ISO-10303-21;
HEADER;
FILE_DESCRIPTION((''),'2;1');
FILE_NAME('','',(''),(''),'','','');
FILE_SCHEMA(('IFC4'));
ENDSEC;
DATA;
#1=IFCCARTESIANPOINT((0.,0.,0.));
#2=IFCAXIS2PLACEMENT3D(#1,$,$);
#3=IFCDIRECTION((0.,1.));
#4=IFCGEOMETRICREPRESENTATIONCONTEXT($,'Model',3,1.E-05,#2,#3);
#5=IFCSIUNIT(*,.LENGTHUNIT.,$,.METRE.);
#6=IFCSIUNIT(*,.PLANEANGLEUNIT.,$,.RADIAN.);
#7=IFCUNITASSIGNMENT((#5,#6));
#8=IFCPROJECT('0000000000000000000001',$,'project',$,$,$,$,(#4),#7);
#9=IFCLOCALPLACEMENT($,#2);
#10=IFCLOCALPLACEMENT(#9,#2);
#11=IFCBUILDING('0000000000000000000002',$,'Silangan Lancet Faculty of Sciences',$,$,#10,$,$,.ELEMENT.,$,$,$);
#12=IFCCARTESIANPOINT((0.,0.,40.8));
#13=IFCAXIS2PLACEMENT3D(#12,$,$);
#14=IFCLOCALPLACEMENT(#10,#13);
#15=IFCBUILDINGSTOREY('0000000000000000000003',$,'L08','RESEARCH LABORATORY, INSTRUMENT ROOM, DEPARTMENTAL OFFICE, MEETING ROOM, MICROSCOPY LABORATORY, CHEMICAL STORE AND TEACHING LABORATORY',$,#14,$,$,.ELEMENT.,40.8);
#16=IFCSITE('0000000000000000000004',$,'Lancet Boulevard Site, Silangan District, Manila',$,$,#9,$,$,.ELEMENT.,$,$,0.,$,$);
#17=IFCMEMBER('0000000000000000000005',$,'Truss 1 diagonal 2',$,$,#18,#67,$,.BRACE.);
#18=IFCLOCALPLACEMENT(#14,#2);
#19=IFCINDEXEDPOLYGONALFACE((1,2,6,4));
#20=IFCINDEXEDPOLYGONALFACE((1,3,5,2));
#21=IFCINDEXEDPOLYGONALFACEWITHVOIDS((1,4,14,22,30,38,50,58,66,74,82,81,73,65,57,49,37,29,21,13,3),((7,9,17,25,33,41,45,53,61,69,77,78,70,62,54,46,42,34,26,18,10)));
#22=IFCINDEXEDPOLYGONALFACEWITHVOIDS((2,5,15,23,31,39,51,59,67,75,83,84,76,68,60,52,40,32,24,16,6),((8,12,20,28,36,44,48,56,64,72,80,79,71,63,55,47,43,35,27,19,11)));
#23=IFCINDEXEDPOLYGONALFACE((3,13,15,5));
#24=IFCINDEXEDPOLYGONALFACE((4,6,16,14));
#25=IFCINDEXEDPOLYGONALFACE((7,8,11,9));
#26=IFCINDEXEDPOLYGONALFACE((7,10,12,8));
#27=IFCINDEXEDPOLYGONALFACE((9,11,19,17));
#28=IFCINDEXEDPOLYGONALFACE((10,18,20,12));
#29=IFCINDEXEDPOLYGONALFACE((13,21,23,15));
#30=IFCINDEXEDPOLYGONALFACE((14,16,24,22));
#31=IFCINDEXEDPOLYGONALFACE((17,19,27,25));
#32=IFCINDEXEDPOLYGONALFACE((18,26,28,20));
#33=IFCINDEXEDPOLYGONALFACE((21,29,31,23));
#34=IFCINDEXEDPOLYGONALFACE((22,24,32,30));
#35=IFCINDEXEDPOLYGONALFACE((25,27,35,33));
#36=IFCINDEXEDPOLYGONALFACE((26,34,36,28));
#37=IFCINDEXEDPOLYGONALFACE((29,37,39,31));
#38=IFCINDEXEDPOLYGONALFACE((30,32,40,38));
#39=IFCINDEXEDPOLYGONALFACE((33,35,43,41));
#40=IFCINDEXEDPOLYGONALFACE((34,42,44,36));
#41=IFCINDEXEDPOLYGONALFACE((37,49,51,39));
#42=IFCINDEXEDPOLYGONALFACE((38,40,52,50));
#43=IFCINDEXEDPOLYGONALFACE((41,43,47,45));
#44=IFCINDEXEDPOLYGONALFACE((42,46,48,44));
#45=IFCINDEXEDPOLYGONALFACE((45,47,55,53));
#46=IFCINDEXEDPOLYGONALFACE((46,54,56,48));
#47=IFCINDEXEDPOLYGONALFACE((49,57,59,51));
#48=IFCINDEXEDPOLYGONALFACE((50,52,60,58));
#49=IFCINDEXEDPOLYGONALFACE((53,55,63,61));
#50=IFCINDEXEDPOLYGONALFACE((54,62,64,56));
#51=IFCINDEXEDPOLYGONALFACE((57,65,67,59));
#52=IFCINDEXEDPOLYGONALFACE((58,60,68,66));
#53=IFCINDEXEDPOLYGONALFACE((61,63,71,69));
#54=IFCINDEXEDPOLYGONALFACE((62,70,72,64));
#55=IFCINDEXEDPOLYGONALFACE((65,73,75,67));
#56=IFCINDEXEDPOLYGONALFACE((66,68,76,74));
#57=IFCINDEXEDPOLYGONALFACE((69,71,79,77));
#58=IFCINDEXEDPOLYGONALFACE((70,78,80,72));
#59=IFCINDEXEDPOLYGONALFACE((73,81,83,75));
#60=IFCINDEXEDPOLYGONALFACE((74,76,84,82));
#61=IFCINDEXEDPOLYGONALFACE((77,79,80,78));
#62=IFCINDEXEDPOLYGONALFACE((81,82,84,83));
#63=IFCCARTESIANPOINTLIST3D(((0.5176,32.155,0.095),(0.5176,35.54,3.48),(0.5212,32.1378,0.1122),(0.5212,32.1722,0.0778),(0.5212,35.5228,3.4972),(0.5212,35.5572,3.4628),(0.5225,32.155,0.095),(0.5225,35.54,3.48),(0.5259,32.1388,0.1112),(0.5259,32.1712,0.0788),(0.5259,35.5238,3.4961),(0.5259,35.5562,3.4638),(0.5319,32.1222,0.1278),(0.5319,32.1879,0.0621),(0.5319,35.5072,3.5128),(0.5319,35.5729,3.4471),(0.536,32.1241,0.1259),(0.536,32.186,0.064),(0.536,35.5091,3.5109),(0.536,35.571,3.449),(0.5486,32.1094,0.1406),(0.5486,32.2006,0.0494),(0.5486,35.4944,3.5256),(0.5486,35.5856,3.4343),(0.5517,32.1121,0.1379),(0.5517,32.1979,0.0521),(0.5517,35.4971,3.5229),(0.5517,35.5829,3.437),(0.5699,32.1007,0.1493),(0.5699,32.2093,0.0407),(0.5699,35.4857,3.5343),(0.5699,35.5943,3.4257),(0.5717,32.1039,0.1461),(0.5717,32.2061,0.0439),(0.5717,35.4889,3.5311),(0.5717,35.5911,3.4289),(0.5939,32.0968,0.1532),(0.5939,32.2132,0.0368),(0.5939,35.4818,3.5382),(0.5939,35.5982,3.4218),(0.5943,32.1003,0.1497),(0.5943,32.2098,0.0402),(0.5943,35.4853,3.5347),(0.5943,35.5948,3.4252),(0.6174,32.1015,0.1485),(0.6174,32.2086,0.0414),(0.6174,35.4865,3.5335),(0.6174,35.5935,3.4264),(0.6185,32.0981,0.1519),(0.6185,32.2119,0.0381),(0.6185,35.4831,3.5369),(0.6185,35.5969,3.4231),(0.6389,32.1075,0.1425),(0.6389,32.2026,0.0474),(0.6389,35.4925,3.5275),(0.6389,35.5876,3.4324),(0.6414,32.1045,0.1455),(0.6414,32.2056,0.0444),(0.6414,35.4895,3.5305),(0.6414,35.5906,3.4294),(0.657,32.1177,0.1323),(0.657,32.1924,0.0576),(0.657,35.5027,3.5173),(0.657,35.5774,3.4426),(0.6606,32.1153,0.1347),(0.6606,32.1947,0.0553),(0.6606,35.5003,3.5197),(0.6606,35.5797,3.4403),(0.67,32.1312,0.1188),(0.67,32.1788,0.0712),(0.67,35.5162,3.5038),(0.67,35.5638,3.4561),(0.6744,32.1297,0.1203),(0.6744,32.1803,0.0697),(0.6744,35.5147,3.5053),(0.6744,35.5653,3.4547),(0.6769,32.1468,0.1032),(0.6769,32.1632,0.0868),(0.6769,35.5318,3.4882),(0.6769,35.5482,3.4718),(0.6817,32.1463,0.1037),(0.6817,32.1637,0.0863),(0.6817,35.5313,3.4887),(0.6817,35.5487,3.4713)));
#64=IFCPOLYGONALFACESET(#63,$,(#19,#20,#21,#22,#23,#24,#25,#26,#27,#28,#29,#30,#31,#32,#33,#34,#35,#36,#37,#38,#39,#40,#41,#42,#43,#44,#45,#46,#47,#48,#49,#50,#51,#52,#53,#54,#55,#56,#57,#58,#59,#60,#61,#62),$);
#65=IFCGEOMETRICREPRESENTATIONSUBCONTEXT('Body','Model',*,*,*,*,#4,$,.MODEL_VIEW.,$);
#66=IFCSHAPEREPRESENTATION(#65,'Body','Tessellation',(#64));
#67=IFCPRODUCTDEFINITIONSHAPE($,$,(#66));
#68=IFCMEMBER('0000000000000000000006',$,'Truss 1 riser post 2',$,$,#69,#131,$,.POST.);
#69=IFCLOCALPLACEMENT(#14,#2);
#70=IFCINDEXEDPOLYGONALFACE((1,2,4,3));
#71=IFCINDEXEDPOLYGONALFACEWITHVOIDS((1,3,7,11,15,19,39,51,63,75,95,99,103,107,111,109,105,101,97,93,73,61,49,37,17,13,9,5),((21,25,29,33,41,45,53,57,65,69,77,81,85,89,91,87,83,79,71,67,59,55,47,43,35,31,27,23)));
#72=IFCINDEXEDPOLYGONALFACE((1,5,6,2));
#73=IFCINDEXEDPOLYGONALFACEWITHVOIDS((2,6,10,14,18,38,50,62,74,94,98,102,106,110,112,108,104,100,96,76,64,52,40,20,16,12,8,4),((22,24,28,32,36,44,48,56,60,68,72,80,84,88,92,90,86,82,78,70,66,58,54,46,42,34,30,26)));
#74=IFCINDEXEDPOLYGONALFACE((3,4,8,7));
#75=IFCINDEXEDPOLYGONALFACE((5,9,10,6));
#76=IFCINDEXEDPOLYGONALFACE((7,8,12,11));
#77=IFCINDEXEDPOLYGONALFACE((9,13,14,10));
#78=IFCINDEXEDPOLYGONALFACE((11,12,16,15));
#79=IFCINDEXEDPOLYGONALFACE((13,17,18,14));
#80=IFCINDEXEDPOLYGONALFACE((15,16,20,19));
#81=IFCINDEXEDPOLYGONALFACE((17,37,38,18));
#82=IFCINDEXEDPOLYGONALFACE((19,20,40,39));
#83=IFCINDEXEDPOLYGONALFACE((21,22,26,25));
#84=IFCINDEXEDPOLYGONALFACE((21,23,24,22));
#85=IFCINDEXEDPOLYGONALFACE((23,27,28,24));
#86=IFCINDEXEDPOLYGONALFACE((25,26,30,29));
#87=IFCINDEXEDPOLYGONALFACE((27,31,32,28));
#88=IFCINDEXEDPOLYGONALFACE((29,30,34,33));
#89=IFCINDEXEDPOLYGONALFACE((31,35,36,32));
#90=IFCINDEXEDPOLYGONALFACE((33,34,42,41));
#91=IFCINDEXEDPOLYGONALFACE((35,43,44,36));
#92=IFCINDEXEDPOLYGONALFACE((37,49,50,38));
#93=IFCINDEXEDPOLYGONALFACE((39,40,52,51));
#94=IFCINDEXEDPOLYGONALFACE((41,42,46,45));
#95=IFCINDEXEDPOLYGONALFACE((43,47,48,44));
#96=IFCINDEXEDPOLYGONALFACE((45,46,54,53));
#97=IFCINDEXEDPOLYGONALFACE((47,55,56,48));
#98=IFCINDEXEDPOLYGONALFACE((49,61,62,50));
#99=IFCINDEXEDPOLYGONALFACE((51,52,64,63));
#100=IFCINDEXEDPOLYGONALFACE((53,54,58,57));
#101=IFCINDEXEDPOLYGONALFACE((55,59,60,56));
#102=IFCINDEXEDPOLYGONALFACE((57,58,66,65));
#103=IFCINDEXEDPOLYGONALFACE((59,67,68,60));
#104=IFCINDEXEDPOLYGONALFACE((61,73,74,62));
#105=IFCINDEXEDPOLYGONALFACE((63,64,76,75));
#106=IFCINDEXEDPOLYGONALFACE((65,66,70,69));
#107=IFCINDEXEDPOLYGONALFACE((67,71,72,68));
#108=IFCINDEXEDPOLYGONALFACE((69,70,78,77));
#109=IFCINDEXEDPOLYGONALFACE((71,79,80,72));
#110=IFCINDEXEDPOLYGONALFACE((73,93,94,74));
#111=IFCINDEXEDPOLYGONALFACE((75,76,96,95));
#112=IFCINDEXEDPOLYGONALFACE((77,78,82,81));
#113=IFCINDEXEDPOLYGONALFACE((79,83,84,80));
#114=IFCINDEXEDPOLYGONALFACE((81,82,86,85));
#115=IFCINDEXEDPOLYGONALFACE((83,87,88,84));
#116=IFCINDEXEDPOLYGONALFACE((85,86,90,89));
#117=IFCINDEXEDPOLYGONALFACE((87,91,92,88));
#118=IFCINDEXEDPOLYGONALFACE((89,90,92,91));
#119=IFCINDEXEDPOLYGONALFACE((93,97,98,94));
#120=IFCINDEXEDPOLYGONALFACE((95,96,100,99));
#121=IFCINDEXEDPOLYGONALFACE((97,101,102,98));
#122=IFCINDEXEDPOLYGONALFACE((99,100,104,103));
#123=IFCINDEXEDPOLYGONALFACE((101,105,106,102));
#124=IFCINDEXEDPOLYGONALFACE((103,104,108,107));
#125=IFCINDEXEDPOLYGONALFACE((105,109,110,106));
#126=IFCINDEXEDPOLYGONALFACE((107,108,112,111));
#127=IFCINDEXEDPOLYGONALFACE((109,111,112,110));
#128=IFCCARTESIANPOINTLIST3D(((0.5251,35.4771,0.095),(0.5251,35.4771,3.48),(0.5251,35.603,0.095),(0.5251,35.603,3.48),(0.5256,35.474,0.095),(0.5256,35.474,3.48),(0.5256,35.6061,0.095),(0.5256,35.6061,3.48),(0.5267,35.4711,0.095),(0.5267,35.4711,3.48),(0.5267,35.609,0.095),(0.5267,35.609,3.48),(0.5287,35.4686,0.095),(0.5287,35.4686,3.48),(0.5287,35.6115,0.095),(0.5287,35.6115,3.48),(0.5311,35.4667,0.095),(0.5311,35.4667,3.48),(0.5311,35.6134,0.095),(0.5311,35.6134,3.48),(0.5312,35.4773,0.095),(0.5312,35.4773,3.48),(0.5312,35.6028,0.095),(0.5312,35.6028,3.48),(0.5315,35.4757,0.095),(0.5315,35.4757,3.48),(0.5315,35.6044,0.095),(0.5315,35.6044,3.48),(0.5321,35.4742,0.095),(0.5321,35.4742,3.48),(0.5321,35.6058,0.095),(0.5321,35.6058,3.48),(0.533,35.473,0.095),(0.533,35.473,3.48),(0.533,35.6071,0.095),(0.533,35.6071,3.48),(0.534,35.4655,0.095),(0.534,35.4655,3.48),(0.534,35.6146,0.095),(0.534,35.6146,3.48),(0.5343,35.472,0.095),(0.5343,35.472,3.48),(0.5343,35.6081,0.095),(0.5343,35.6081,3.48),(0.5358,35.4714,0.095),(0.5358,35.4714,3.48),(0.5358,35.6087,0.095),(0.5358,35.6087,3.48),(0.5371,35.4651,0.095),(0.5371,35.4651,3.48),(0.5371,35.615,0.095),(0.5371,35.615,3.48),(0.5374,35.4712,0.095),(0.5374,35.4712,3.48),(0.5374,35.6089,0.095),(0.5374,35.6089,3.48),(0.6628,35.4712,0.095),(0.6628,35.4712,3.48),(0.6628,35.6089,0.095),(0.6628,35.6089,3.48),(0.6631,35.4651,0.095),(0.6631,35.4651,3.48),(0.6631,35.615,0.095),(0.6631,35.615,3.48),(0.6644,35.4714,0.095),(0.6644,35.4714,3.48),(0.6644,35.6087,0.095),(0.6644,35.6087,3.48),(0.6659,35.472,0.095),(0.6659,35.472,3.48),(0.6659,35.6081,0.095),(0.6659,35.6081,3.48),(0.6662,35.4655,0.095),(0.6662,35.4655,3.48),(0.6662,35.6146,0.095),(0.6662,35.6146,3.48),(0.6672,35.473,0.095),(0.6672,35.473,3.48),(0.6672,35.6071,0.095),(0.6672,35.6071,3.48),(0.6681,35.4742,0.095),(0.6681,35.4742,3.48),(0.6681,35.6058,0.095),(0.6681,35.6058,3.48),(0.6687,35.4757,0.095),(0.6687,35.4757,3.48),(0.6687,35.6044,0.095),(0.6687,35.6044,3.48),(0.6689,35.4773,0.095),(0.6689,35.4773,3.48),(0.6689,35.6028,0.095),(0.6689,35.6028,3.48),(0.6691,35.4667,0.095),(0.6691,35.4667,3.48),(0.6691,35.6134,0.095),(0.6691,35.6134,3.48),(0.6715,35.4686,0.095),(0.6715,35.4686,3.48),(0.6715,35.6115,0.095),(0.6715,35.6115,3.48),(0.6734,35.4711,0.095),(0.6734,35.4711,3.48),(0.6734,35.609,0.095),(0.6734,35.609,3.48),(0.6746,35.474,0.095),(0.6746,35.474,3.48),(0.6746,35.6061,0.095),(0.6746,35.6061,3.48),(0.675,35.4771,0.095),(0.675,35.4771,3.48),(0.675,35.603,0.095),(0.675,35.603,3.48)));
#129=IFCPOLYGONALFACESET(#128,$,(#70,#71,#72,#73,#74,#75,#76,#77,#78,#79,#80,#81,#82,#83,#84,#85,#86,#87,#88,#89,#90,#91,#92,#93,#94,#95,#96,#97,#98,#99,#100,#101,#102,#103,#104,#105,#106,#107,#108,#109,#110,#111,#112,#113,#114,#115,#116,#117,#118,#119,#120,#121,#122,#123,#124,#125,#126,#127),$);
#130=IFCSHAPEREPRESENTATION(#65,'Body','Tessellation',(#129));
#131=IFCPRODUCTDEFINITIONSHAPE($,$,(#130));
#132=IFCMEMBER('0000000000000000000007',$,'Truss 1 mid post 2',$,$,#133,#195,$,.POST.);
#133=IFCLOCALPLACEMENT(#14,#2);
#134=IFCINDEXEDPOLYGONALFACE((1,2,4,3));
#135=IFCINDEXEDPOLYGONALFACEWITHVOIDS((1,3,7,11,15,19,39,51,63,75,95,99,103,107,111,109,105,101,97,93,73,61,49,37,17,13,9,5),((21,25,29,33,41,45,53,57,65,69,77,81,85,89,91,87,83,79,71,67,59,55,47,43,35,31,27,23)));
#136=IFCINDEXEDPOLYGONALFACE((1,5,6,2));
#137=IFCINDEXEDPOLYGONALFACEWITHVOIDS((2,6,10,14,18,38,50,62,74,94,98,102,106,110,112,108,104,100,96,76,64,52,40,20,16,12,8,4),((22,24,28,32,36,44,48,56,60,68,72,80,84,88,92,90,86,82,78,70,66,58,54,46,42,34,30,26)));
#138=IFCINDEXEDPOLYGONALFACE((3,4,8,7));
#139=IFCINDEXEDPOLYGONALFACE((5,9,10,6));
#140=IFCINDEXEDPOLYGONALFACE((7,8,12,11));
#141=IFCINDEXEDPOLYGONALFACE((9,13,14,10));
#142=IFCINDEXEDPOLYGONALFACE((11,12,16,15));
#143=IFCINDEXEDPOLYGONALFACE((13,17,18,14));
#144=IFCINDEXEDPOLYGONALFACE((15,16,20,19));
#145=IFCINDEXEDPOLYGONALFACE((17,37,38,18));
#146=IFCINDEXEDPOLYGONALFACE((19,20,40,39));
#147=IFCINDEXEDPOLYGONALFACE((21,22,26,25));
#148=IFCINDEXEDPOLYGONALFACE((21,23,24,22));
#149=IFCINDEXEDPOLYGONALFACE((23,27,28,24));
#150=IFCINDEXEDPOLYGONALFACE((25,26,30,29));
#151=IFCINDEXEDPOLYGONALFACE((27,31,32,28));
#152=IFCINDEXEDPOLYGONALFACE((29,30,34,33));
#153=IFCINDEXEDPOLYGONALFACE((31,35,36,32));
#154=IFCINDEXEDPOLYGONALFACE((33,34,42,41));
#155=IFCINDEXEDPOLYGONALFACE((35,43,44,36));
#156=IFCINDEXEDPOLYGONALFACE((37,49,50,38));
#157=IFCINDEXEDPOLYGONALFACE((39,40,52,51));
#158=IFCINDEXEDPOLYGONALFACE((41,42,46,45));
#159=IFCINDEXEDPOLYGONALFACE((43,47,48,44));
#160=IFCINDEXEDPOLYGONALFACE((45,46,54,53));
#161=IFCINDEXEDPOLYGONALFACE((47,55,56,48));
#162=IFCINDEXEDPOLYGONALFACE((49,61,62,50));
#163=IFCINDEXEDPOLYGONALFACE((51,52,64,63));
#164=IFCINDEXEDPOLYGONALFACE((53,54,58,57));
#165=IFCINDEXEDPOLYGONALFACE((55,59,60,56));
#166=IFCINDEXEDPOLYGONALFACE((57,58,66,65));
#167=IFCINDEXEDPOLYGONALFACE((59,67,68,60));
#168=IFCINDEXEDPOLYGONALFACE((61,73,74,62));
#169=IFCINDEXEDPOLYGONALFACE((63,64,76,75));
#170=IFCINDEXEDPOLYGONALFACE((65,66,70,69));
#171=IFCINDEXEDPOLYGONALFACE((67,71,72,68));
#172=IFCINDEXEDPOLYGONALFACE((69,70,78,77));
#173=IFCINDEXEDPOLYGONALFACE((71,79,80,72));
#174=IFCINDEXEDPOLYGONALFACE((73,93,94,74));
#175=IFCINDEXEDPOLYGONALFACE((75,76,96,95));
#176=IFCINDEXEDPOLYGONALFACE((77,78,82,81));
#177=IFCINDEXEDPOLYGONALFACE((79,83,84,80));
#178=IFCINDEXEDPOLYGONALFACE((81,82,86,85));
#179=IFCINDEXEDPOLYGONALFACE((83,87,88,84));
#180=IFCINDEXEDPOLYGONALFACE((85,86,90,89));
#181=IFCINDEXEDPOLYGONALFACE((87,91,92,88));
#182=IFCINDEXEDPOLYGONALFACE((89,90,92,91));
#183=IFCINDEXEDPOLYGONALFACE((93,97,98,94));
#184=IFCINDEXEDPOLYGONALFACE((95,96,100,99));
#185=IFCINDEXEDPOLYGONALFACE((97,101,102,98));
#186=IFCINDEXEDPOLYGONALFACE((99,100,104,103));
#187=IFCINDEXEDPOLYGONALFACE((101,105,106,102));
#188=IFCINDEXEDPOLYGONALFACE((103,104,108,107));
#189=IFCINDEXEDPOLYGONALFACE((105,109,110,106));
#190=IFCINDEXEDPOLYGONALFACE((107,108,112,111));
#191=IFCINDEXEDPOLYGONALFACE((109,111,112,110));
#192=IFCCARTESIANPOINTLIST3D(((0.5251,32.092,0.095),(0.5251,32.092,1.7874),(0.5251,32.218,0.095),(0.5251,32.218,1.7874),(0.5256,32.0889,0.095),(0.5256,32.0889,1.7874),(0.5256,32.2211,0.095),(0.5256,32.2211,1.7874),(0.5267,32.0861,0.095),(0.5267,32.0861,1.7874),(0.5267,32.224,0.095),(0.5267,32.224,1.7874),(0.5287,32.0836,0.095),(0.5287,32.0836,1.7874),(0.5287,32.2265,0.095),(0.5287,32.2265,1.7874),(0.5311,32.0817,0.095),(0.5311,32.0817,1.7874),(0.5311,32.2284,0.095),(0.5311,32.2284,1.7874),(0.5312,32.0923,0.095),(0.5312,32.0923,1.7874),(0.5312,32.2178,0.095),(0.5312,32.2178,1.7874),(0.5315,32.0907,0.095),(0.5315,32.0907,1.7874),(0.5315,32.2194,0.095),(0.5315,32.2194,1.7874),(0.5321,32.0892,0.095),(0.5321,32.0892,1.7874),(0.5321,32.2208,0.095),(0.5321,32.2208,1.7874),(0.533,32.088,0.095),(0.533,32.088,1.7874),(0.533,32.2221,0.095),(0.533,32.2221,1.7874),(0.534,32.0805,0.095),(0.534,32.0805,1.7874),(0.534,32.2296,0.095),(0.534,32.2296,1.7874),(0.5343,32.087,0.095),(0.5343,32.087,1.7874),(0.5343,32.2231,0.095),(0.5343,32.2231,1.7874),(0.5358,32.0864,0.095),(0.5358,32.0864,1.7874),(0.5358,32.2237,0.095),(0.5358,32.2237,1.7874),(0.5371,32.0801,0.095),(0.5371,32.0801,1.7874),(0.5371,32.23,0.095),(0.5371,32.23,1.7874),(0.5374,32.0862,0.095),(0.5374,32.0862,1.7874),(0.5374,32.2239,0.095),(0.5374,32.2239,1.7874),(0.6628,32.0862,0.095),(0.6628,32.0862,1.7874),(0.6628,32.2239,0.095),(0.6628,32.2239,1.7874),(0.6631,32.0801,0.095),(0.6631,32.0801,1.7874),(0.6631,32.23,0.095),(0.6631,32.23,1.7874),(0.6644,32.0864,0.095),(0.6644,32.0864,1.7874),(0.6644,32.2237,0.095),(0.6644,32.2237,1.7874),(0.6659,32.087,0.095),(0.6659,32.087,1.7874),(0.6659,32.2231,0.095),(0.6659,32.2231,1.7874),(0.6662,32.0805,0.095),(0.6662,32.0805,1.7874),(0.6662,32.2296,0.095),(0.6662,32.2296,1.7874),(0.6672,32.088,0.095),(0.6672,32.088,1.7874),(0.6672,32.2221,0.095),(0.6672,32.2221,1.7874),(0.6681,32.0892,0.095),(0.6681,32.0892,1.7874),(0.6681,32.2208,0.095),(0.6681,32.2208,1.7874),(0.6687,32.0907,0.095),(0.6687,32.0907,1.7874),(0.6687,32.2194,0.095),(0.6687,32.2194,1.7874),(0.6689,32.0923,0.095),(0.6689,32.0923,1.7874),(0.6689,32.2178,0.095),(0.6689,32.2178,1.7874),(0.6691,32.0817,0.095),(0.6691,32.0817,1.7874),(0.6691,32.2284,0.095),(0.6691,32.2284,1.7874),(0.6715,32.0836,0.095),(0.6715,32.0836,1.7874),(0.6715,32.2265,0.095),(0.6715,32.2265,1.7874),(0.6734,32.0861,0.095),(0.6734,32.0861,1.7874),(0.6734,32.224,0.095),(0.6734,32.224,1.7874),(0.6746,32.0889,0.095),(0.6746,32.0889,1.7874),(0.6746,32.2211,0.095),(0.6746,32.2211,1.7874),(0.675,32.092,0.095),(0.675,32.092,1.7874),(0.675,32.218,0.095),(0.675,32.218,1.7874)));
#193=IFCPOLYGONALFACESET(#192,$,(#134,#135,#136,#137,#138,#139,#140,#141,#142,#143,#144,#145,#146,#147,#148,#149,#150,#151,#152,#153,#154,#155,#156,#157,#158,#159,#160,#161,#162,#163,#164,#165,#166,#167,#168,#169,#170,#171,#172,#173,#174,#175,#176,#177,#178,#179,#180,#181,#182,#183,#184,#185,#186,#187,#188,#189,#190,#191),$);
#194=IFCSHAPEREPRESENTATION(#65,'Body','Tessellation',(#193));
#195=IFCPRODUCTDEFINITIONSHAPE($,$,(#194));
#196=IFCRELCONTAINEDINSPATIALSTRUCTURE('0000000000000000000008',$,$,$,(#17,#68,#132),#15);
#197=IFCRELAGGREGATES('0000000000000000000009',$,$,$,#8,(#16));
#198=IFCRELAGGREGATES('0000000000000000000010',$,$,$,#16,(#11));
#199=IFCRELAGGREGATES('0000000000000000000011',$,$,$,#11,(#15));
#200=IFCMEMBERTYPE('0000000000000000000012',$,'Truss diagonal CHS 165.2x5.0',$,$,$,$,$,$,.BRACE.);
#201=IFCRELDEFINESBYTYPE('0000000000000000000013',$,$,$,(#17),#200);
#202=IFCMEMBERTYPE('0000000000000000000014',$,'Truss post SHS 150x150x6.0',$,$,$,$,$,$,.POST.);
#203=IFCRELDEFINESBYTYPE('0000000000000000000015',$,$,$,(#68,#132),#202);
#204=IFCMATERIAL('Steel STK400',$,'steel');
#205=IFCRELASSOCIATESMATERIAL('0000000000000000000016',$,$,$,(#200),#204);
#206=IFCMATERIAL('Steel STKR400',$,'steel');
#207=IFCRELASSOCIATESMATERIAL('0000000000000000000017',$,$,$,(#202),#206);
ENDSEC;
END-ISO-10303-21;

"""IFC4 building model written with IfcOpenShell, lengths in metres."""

from ifc_helpers import new_model, si_unit, direction, frame, origin, origin_2d, place, context, subcontext, project, spatial, hollow_rectangle, hollow_circle, extrude, material, material_profile, profile_set, type_object, element, save


model = new_model("IFC4")

# Units and contexts
model_context = context("Model", 3, precision=1e-05, world=origin(), true_north=direction((0.0, 1.0)))
body_context = subcontext(model_context, "Body", "Model", "MODEL_VIEW")
ifc_project = project(units=[si_unit("LENGTHUNIT", "METRE"), si_unit("PLANEANGLEUNIT", "RADIAN")], contexts=[model_context])

# Site, building, storey
site_placement = place(None, origin())
site = spatial("IfcSite", under=ifc_project, at=site_placement, Name="Lancet Boulevard Site, Silangan District, Manila", CompositionType="ELEMENT", RefElevation=0.0)
building_placement = place(site_placement, origin())
building = spatial("IfcBuilding", under=site, at=building_placement, Name="Silangan Lancet Faculty of Sciences", CompositionType="ELEMENT")
storey_placement = place(building_placement, frame((0.0, 0.0, 40.8)))
storey = spatial("IfcBuildingStorey", under=building, at=storey_placement, Name="L08", Description="RESEARCH LABORATORY, INSTRUMENT ROOM, DEPARTMENTAL OFFICE, MEETING ROOM, MICROSCOPY LABORATORY, CHEMICAL STORE AND TEACHING LABORATORY", CompositionType="ELEMENT", Elevation=40.8)

# Members
ifc_material_1 = material(Name="Steel STK400", Category="steel")
ifc_material_profile_1 = material_profile(ifc_material_1, hollow_circle(Radius=0.0825, WallThickness=0.0049, at=origin_2d()), Name="CHS 165.2x5.0")
ifc_profile_set_1 = profile_set([ifc_material_profile_1], Name="Steel STK400")
member_type_1 = type_object("IfcMemberType", Name="Truss diagonal CHS 165.2x5.0", PredefinedType="BRACE", material=ifc_profile_set_1)
member_1_placement = place(storey_placement, frame((0.6001, 32.155, 0.095), z_axis=(0.0, 0.707107, 0.707107), x_axis=(-1.0, 0.0, 0.0)))
element("IfcMember", 1, at=member_1_placement, inside=storey, type_object=member_type_1, Name="Truss 1 diagonal 2", PredefinedType="BRACE", context=body_context, shape_type="SweptSolid", body=[
    extrude(hollow_circle(Radius=0.0825, WallThickness=0.0049, at=origin_2d()), origin(), (0.0, 0.0, 1.0), 4.7871),
])
ifc_material_2 = material(Name="Steel STKR400", Category="steel")
ifc_material_profile_2 = material_profile(ifc_material_2, hollow_rectangle(XDim=0.1499, YDim=0.1499, WallThickness=0.0061, InnerFilletRadius=0.0061, OuterFilletRadius=0.012, at=origin_2d()), Name="SHS 150x150x6.0")
ifc_profile_set_2 = profile_set([ifc_material_profile_2], Name="Steel STKR400")
member_type_2 = type_object("IfcMemberType", Name="Truss post SHS 150x150x6.0", PredefinedType="POST", material=ifc_profile_set_2)
member_2_placement = place(storey_placement, frame((0.6001, 35.54, 0.095), z_axis=(0.0, 0.0, 1.0), x_axis=(1.0, 0.0, 0.0)))
element("IfcMember", 2, at=member_2_placement, inside=storey, type_object=member_type_2, Name="Truss 1 riser post 2", PredefinedType="POST", context=body_context, shape_type="SweptSolid", body=[
    extrude(hollow_rectangle(XDim=0.1499, YDim=0.1499, WallThickness=0.0061, InnerFilletRadius=0.0061, OuterFilletRadius=0.012, at=origin_2d()), origin(), (0.0, 0.0, 1.0), 3.385),
])
member_3_placement = place(storey_placement, frame((0.6001, 32.155, 0.095), z_axis=(0.0, 0.0, 1.0), x_axis=(1.0, 0.0, 0.0)))
element("IfcMember", 3, at=member_3_placement, inside=storey, type_object=member_type_2, Name="Truss 1 mid post 2", PredefinedType="POST", context=body_context, shape_type="SweptSolid", body=[
    extrude(hollow_rectangle(XDim=0.1499, YDim=0.1499, WallThickness=0.0061, InnerFilletRadius=0.0061, OuterFilletRadius=0.012, at=origin_2d()), origin(), (0.0, 0.0, 1.0), 1.6924),
])

save(model, "model.ifc")
